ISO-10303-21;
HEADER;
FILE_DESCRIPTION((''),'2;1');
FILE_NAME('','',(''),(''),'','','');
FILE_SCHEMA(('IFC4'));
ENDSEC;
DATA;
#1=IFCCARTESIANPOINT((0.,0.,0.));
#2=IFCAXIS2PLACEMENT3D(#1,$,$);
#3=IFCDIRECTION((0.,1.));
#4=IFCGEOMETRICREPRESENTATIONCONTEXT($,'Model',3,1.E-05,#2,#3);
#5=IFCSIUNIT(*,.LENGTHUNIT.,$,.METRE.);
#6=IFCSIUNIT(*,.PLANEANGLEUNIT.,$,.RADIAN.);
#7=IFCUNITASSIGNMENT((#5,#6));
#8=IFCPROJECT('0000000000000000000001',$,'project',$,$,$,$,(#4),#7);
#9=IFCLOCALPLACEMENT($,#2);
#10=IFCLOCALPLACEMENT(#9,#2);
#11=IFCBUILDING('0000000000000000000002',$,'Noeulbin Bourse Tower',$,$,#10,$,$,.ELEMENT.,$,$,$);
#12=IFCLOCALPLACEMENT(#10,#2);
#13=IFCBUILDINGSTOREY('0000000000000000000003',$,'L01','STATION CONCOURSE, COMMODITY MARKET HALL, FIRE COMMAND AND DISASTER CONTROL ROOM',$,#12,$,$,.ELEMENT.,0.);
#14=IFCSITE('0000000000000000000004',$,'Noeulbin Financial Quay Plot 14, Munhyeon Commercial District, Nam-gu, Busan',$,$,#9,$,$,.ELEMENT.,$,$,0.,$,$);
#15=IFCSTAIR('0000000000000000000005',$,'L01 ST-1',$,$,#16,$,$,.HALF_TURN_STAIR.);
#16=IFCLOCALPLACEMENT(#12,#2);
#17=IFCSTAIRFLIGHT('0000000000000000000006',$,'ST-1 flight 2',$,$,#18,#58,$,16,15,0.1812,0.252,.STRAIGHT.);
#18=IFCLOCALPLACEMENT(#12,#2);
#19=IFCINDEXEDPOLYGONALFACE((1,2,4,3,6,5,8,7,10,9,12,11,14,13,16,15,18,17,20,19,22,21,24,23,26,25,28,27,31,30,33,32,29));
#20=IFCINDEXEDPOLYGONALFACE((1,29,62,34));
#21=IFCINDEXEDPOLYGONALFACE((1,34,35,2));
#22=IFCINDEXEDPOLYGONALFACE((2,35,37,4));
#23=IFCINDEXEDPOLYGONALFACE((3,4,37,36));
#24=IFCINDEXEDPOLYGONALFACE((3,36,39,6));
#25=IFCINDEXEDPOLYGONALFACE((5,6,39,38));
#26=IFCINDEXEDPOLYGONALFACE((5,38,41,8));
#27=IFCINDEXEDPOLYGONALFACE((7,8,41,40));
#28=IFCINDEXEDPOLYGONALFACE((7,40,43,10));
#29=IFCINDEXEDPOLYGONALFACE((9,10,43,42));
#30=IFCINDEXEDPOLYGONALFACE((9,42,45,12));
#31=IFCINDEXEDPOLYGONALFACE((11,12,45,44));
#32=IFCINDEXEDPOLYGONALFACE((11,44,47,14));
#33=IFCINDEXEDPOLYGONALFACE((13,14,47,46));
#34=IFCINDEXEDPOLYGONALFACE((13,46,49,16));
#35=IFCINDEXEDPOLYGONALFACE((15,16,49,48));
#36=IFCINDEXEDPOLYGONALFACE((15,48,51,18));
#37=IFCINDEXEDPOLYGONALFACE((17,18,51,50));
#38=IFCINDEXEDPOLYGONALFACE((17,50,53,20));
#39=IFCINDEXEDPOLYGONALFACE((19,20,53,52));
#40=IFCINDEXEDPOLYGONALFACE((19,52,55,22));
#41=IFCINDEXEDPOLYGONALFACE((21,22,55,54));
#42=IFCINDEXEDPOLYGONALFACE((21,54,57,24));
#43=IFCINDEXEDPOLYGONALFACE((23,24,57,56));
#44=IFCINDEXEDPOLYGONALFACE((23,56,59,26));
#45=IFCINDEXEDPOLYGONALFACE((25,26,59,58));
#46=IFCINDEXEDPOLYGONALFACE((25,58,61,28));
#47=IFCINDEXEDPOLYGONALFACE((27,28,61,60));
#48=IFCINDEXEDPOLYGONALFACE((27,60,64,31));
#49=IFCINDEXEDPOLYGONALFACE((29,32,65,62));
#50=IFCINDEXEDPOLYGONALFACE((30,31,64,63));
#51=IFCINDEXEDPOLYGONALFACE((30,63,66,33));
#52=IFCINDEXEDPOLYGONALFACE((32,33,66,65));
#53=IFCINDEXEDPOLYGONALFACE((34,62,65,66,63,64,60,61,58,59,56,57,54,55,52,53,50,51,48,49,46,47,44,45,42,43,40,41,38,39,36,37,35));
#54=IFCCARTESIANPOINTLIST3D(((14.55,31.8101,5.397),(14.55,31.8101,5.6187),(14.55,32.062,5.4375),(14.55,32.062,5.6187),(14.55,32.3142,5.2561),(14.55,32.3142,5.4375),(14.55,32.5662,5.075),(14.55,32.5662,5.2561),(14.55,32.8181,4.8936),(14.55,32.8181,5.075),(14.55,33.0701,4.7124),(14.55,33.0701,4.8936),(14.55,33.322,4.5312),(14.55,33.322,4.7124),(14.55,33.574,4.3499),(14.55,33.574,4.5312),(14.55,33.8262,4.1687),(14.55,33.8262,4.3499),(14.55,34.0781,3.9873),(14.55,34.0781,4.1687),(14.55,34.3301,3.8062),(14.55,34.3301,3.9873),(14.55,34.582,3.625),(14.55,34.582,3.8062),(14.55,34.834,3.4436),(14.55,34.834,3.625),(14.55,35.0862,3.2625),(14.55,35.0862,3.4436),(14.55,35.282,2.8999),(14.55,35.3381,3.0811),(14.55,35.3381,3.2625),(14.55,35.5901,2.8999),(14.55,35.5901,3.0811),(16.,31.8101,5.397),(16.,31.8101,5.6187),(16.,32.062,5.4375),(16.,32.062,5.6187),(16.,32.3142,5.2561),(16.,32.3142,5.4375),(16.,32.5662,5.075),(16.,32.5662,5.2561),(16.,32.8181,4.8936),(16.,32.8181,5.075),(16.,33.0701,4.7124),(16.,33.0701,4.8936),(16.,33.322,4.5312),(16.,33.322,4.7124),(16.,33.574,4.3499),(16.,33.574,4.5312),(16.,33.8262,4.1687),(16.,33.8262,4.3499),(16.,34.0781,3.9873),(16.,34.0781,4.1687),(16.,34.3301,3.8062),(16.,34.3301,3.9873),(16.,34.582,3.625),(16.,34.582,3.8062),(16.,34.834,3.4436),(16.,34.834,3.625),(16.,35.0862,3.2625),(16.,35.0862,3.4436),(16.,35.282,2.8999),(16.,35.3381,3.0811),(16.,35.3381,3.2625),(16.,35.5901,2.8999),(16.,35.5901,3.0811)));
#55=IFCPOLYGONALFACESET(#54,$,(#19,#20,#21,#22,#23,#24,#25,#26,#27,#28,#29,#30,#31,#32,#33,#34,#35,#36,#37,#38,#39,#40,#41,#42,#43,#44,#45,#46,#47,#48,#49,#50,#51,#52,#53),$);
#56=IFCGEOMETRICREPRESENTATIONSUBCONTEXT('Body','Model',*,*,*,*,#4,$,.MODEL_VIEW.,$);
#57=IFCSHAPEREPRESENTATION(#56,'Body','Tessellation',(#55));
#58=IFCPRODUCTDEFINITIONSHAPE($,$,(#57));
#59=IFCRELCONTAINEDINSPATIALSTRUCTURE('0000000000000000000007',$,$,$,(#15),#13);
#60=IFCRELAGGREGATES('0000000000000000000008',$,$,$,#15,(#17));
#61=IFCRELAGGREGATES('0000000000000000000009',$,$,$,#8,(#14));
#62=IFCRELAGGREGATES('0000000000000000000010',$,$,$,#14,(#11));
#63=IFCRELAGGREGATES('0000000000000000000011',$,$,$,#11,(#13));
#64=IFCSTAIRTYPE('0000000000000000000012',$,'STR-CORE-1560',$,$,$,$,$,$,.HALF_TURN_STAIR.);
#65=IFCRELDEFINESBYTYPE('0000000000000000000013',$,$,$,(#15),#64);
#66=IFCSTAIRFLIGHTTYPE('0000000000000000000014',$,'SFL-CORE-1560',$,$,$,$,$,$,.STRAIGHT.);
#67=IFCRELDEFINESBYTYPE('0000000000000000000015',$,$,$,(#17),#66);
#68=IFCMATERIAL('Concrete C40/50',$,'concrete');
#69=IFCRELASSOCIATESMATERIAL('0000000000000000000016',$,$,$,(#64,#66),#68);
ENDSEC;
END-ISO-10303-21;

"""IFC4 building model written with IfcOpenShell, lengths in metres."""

from ifc_helpers import new_model, si_unit, direction, frame, origin, place, context, subcontext, project, spatial, polyline, outline, extrude, material, type_object, element, aggregate, save


model = new_model("IFC4")

# Units and contexts
model_context = context("Model", 3, precision=1e-05, world=origin(), true_north=direction((0.0, 1.0)))
body_context = subcontext(model_context, "Body", "Model", "MODEL_VIEW")
ifc_project = project(units=[si_unit("LENGTHUNIT", "METRE"), si_unit("PLANEANGLEUNIT", "RADIAN")], contexts=[model_context])

# Site, building, storey
site_placement = place(None, origin())
site = spatial("IfcSite", under=ifc_project, at=site_placement, Name="Noeulbin Financial Quay Plot 14, Munhyeon Commercial District, Nam-gu, Busan", CompositionType="ELEMENT", RefElevation=0.0)
building_placement = place(site_placement, origin())
building = spatial("IfcBuilding", under=site, at=building_placement, Name="Noeulbin Bourse Tower", CompositionType="ELEMENT")
storey_placement = place(building_placement, origin())
storey = spatial("IfcBuildingStorey", under=building, at=storey_placement, Name="L01", Description="STATION CONCOURSE, COMMODITY MARKET HALL, FIRE COMMAND AND DISASTER CONTROL ROOM", CompositionType="ELEMENT", Elevation=0.0)

# Shared definitions
ifc_material_1 = material(Name="Concrete C40/50", Category="concrete")

# Stair, stair flight
stair_type = type_object("IfcStairType", Name="STR-CORE-1560", PredefinedType="HALF_TURN_STAIR", material=ifc_material_1)
stair_placement = place(storey_placement, origin())
stair = element("IfcStair", 1, at=stair_placement, inside=storey, type_object=stair_type, Name="L01 ST-1", PredefinedType="HALF_TURN_STAIR")
stair_flight_type = type_object("IfcStairFlightType", Name="SFL-CORE-1560", PredefinedType="STRAIGHT", material=ifc_material_1)
stair_flight_1_placement = place(storey_placement, frame((15.2749, 35.5901, 2.8999), z_axis=(0.0, 0.0, 1.0), x_axis=(0.0, -1.0, 0.0)))
stair_flight_1 = element("IfcStairFlight", 2, at=stair_flight_1_placement, type_object=stair_flight_type, Name="ST-1 flight 2", NumberOfRisers=16, NumberOfTreads=15, PredefinedType="STRAIGHT", RiserHeight=0.1812, TreadLength=0.252, context=body_context, shape_type="SweptSolid", body=[
    extrude(outline(polyline([(0.0, 0.0), (0.0, 0.1812), (0.252, 0.1812), (0.252, 0.3625), (0.5039, 0.3625), (0.5039, 0.5437), (0.7561, 0.5437), (0.7561, 0.7251), (1.0081, 0.7251), (1.0081, 0.9062), (1.26, 0.9062), (1.26, 1.0874), (1.512, 1.0874), (1.512, 1.2688), (1.7639, 1.2688), (1.7639, 1.45), (2.0161, 1.45), (2.0161, 1.6313), (2.2681, 1.6313), (2.2681, 1.8125), (2.52, 1.8125), (2.52, 1.9937), (2.772, 1.9937), (2.772, 2.175), (3.0239, 2.175), (3.0239, 2.3562), (3.2759, 2.3562), (3.2759, 2.5376), (3.5281, 2.5376), (3.5281, 2.7188), (3.78, 2.7188), (3.78, 2.8999), (3.78, 2.4971), (0.3081, 0.0), (0.0, 0.0)])), frame((0.0, 0.7251, 0.0), z_axis=(0.0, -1.0, 0.0), x_axis=(1.0, 0.0, 0.0)), (0.0, 0.0, 1.0), 1.45),
])
aggregate(stair, [stair_flight_1])

save(model, "model.ifc")
